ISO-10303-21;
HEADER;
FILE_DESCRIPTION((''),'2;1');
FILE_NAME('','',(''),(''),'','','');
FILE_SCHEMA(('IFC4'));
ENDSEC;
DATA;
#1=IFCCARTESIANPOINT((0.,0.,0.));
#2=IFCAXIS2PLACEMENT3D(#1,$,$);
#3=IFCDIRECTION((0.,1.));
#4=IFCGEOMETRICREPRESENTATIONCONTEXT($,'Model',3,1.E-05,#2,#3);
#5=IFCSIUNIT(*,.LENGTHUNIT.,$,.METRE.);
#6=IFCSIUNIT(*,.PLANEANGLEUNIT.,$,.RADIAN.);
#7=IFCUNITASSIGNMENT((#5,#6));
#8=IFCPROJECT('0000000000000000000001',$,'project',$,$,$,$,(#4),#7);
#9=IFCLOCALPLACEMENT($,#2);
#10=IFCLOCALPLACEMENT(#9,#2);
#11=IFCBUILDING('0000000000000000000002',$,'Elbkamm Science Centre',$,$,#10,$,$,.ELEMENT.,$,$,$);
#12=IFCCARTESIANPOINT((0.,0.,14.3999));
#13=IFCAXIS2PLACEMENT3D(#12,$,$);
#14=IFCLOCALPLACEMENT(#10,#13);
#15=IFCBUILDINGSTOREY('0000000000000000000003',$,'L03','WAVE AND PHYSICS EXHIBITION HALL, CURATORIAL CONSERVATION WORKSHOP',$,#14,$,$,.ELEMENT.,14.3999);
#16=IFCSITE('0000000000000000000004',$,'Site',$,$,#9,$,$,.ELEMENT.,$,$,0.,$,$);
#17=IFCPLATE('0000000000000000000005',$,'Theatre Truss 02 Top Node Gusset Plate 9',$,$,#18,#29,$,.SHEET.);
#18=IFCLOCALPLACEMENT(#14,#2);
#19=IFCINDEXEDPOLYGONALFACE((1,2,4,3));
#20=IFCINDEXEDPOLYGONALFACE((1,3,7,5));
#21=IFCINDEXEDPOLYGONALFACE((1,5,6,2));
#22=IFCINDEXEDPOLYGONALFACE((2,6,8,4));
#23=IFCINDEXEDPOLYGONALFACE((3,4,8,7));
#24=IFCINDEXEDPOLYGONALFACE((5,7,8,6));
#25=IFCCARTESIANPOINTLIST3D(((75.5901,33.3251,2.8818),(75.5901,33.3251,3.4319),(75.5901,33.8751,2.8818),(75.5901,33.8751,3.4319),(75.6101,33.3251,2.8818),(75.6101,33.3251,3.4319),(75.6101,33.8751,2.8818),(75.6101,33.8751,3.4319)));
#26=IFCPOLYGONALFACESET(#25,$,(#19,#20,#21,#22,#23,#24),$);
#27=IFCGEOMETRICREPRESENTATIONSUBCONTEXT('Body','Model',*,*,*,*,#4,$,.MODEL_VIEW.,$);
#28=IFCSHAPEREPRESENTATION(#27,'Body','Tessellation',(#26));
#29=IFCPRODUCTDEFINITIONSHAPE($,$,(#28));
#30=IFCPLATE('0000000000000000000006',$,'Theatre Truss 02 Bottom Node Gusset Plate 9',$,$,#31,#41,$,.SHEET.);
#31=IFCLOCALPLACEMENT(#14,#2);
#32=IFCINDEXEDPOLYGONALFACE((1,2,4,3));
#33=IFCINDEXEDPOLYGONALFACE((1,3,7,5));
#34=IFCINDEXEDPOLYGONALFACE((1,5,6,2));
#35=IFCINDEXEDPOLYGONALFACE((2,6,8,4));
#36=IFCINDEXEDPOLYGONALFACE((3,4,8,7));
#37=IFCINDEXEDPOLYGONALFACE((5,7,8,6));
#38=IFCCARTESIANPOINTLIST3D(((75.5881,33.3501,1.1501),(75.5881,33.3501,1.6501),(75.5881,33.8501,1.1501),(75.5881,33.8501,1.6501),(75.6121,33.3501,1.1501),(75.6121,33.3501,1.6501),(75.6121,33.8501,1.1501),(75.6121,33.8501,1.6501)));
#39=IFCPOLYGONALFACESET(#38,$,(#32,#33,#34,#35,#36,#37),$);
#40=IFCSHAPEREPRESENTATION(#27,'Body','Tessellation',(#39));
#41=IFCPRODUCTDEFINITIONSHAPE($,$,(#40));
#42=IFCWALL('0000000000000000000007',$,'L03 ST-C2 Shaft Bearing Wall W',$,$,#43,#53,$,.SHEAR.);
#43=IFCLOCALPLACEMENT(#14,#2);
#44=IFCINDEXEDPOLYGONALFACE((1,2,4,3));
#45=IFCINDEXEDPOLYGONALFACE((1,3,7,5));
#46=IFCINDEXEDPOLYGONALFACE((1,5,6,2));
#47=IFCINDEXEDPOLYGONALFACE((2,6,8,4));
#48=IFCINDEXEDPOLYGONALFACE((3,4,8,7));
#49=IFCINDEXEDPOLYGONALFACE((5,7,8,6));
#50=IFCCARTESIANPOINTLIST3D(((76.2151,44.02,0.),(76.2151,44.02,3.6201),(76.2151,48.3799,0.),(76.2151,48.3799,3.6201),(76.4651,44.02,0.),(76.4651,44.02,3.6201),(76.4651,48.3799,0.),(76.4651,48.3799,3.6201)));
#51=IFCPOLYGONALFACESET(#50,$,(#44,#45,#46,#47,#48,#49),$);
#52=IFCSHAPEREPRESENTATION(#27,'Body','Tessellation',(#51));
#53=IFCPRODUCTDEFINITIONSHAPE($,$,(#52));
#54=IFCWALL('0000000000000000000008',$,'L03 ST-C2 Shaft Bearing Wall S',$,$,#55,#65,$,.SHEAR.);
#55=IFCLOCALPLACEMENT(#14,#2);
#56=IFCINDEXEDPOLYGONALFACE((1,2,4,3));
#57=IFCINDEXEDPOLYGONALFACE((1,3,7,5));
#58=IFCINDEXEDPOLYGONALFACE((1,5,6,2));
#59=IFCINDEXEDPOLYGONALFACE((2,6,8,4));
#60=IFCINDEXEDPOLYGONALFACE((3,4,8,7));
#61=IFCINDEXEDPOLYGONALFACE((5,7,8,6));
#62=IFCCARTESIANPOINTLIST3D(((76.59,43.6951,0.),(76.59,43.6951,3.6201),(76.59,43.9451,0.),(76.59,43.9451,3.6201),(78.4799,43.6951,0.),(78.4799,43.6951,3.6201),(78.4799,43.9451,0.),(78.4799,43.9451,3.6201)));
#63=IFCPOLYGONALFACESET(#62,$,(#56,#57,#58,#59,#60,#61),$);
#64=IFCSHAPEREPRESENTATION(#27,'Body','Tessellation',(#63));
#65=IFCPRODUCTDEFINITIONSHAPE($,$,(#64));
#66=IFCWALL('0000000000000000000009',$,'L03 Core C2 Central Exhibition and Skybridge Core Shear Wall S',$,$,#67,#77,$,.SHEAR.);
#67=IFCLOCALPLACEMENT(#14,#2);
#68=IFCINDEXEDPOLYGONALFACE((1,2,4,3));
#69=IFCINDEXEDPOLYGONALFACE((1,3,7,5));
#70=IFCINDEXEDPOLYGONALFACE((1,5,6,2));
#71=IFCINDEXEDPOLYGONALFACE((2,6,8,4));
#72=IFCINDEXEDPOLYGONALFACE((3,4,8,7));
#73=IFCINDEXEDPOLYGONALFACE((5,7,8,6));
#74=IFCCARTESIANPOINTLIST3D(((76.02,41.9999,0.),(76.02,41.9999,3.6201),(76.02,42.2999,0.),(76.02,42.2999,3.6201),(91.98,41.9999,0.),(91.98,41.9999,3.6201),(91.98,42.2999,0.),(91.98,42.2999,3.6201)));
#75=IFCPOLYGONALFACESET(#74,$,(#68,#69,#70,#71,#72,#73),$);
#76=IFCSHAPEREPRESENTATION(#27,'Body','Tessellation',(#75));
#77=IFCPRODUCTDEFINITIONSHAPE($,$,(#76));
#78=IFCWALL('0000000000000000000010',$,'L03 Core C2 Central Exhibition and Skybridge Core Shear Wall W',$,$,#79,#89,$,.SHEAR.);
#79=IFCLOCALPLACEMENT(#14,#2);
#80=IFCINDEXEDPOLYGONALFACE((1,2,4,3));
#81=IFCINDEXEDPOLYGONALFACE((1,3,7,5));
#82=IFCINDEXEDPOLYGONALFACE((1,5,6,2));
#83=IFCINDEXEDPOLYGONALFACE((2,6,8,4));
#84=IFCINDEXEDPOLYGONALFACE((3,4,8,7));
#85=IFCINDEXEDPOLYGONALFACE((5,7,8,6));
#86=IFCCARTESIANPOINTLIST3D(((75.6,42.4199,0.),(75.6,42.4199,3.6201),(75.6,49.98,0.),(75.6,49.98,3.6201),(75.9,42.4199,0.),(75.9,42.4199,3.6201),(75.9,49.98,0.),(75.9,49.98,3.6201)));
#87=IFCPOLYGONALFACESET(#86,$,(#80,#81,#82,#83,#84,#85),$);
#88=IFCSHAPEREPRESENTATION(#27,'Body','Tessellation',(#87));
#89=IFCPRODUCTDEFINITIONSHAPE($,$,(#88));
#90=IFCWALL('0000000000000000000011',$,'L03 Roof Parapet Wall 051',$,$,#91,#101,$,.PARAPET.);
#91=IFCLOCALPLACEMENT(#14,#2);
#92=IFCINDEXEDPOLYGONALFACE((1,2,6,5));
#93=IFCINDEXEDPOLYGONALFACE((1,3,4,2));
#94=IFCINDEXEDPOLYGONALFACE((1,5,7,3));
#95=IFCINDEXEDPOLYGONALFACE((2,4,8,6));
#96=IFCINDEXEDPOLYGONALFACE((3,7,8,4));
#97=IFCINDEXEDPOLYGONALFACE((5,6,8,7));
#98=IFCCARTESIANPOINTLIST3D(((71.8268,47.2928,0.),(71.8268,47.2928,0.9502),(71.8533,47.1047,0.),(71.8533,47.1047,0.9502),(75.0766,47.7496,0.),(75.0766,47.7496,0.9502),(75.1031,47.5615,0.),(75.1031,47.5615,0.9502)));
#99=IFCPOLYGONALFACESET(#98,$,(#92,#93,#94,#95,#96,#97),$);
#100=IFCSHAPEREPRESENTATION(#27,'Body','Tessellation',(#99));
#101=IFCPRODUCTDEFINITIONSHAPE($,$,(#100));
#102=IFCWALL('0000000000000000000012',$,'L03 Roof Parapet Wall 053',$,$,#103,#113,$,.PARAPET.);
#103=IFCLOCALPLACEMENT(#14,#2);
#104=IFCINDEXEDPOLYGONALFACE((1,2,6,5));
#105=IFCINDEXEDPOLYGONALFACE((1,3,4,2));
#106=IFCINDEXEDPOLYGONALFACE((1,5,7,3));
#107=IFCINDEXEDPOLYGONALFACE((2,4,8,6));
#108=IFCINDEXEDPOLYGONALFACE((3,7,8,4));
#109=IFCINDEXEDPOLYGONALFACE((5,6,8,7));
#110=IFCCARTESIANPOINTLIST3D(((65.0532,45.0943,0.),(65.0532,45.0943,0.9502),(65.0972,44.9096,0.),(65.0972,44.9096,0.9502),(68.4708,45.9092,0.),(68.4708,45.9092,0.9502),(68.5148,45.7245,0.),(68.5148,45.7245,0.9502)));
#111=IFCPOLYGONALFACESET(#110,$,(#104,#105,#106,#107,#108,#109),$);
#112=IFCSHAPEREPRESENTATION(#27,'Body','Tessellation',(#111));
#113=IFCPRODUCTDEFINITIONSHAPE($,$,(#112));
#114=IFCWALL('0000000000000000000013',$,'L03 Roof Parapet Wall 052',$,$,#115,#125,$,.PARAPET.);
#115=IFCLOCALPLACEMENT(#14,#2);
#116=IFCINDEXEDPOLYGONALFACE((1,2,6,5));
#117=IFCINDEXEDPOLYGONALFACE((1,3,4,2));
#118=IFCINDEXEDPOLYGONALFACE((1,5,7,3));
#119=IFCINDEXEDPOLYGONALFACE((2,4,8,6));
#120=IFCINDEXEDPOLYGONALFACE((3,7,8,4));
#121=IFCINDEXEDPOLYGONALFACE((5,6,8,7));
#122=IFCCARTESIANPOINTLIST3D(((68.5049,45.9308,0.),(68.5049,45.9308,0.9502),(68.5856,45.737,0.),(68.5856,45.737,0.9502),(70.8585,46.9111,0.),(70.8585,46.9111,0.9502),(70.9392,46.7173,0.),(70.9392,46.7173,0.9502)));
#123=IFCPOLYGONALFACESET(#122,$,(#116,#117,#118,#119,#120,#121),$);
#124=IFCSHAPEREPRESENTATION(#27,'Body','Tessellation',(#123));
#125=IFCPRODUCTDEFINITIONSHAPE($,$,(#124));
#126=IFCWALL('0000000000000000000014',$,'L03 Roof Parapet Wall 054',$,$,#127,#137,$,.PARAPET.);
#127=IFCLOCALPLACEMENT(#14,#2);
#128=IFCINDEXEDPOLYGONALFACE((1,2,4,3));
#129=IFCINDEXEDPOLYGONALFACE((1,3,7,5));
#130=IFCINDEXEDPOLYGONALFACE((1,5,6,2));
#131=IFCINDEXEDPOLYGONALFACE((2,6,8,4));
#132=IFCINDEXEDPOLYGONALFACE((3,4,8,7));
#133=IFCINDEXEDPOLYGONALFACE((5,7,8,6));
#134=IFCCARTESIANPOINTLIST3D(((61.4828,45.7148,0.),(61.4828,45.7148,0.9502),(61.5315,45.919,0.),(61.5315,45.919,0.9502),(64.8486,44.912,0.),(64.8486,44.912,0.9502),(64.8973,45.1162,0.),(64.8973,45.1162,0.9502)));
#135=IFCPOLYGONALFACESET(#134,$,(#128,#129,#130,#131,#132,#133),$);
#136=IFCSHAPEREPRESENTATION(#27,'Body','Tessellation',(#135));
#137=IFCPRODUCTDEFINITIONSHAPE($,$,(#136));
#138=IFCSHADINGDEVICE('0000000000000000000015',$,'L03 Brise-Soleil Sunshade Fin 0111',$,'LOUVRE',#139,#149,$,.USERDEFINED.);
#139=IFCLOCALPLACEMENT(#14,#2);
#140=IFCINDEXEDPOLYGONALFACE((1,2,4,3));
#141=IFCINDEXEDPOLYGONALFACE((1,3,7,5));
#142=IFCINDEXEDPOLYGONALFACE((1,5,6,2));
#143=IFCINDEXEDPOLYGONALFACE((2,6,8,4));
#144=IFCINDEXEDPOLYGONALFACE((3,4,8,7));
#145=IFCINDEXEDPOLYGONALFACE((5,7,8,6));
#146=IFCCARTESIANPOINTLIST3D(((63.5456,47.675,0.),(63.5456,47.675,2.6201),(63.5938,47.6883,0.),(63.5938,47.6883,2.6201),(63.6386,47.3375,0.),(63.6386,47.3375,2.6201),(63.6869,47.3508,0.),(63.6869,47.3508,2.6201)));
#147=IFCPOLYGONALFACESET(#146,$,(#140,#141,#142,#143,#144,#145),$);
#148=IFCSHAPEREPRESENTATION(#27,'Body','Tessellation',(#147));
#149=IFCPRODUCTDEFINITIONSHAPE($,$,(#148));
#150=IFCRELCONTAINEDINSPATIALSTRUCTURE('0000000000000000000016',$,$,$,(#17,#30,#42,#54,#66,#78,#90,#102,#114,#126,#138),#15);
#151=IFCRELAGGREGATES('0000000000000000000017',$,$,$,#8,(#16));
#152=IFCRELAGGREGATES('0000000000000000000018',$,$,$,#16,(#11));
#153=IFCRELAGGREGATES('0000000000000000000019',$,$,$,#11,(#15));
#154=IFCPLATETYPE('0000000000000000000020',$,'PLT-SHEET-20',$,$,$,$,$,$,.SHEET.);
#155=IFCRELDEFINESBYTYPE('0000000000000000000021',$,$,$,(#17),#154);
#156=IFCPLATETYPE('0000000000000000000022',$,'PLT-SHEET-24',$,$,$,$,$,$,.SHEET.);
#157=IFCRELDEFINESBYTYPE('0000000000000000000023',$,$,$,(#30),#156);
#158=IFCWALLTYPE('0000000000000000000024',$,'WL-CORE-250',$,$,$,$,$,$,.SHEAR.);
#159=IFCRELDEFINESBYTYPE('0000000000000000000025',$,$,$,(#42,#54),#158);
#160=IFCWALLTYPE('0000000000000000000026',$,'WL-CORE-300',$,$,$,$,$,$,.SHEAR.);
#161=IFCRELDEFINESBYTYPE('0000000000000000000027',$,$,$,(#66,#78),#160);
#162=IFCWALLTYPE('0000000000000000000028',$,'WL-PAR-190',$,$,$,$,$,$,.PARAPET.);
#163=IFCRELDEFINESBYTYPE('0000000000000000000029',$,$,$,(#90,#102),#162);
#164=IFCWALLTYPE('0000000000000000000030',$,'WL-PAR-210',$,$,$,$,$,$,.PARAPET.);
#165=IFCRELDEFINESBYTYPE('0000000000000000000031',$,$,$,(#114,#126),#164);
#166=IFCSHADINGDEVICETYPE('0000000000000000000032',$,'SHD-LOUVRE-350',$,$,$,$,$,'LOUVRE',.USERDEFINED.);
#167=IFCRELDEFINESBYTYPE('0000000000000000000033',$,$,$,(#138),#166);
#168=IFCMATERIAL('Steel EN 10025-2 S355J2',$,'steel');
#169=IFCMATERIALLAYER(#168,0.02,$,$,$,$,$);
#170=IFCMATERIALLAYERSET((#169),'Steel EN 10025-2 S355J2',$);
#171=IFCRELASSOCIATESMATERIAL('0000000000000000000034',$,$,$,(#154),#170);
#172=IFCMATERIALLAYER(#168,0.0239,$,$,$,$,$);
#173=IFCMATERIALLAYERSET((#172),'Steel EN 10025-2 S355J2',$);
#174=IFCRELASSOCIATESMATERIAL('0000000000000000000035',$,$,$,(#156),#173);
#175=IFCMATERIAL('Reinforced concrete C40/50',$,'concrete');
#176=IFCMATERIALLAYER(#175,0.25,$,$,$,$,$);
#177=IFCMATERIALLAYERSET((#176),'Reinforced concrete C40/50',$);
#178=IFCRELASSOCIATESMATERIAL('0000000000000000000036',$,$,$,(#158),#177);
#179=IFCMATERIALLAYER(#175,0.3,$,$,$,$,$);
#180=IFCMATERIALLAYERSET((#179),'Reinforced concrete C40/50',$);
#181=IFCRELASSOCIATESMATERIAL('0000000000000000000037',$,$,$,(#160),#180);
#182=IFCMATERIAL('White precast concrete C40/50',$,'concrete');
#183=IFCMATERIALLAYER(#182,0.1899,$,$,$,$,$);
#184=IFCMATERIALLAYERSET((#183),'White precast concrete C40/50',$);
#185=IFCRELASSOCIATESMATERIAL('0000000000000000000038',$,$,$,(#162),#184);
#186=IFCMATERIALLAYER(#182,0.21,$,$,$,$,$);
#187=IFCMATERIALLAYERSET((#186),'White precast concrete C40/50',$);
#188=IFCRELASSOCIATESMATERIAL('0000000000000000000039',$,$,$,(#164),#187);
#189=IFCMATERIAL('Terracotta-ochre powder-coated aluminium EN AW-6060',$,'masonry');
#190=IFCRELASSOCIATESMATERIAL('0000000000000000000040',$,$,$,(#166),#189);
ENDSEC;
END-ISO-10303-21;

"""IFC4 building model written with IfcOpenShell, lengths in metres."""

from ifc_helpers import new_model, si_unit, direction, frame, frame_2d, origin, origin_2d, place, context, subcontext, project, spatial, rectangle, extrude, material, layer, layer_set, type_object, element, save


model = new_model("IFC4")

# Units and contexts
model_context = context("Model", 3, precision=1e-05, world=origin(), true_north=direction((0.0, 1.0)))
body_context = subcontext(model_context, "Body", "Model", "MODEL_VIEW")
ifc_project = project(units=[si_unit("LENGTHUNIT", "METRE"), si_unit("PLANEANGLEUNIT", "RADIAN")], contexts=[model_context])

# Site, building, storey
site_placement = place(None, origin())
site = spatial("IfcSite", under=ifc_project, at=site_placement, Name="Site", CompositionType="ELEMENT", RefElevation=0.0)
building_placement = place(site_placement, origin())
building = spatial("IfcBuilding", under=site, at=building_placement, Name="Elbkamm Science Centre", CompositionType="ELEMENT")
storey_placement = place(building_placement, frame((0.0, 0.0, 14.3999)))
storey = spatial("IfcBuildingStorey", under=building, at=storey_placement, Name="L03", Description="WAVE AND PHYSICS EXHIBITION HALL, CURATORIAL CONSERVATION WORKSHOP", CompositionType="ELEMENT", Elevation=14.3999)

# Shared definitions
ifc_material_1 = material(Name="Steel EN 10025-2 S355J2", Category="steel")

# Plates
ifc_layer_1 = layer(ifc_material_1, 0.02)
ifc_layer_set_1 = layer_set([ifc_layer_1], Name="Steel EN 10025-2 S355J2")
plate_type_1 = type_object("IfcPlateType", Name="PLT-SHEET-20", PredefinedType="SHEET", material=ifc_layer_set_1)
plate_1_placement = place(storey_placement, frame((75.6001, 33.6001, 2.8818), z_axis=(0.0, 0.0, 1.0), x_axis=(1.0, 0.0, 0.0)))
element("IfcPlate", 1, at=plate_1_placement, inside=storey, type_object=plate_type_1, Name="Theatre Truss 02 Top Node Gusset Plate 9", PredefinedType="SHEET", context=body_context, shape_type="SweptSolid", body=[
    extrude(rectangle(XDim=0.02, YDim=0.55, at=origin_2d()), origin(), (0.0, 0.0, 1.0), 0.55),
])
ifc_layer_2 = layer(ifc_material_1, 0.0239)
ifc_layer_set_2 = layer_set([ifc_layer_2], Name="Steel EN 10025-2 S355J2")
plate_type_2 = type_object("IfcPlateType", Name="PLT-SHEET-24", PredefinedType="SHEET", material=ifc_layer_set_2)
plate_2_placement = place(storey_placement, frame((75.6001, 33.6001, 1.1501), z_axis=(0.0, 0.0, 1.0), x_axis=(1.0, 0.0, 0.0)))
element("IfcPlate", 2, at=plate_2_placement, inside=storey, type_object=plate_type_2, Name="Theatre Truss 02 Bottom Node Gusset Plate 9", PredefinedType="SHEET", context=body_context, shape_type="SweptSolid", body=[
    extrude(rectangle(XDim=0.0239, YDim=0.5, at=origin_2d()), origin(), (0.0, 0.0, 1.0), 0.5),
])

# Walls
ifc_material_2 = material(Name="Reinforced concrete C40/50", Category="concrete")
ifc_layer_3 = layer(ifc_material_2, 0.25)
ifc_layer_set_3 = layer_set([ifc_layer_3], Name="Reinforced concrete C40/50")
wall_type_1 = type_object("IfcWallType", Name="WL-CORE-250", PredefinedType="SHEAR", material=ifc_layer_set_3)
wall_1_placement = place(storey_placement, frame((76.3401, 44.02, 0.0), z_axis=(0.0, 0.0, 1.0), x_axis=(0.0, 1.0, 0.0)))
element("IfcWall", 3, at=wall_1_placement, inside=storey, type_object=wall_type_1, Name="L03 ST-C2 Shaft Bearing Wall W", PredefinedType="SHEAR", context=body_context, shape_type="SweptSolid", body=[
    extrude(rectangle(XDim=4.3599, YDim=0.25, at=frame_2d((2.1799, 0.0))), origin(), (0.0, 0.0, 1.0), 3.6201),
])
wall_2_placement = place(storey_placement, frame((76.5901, 43.8201, 0.0), z_axis=(0.0, 0.0, 1.0), x_axis=(1.0, 0.0, 0.0)))
element("IfcWall", 4, at=wall_2_placement, inside=storey, type_object=wall_type_1, Name="L03 ST-C2 Shaft Bearing Wall S", PredefinedType="SHEAR", context=body_context, shape_type="SweptSolid", body=[
    extrude(rectangle(XDim=1.8899, YDim=0.25, at=frame_2d((0.9448, 0.0))), origin(), (0.0, 0.0, 1.0), 3.6201),
])
ifc_layer_4 = layer(ifc_material_2, 0.3)
ifc_layer_set_4 = layer_set([ifc_layer_4], Name="Reinforced concrete C40/50")
wall_type_2 = type_object("IfcWallType", Name="WL-CORE-300", PredefinedType="SHEAR", material=ifc_layer_set_4)
wall_3_placement = place(storey_placement, frame((76.02, 42.1499, 0.0), z_axis=(0.0, 0.0, 1.0), x_axis=(1.0, 0.0, 0.0)))
element("IfcWall", 5, at=wall_3_placement, inside=storey, type_object=wall_type_2, Name="L03 Core C2 Central Exhibition and Skybridge Core Shear Wall S", PredefinedType="SHEAR", context=body_context, shape_type="SweptSolid", body=[
    extrude(rectangle(XDim=15.96, YDim=0.3, at=frame_2d((7.98, 0.0))), origin(), (0.0, 0.0, 1.0), 3.6201),
])
wall_4_placement = place(storey_placement, frame((75.75, 42.4199, 0.0), z_axis=(0.0, 0.0, 1.0), x_axis=(0.0, 1.0, 0.0)))
element("IfcWall", 6, at=wall_4_placement, inside=storey, type_object=wall_type_2, Name="L03 Core C2 Central Exhibition and Skybridge Core Shear Wall W", PredefinedType="SHEAR", context=body_context, shape_type="SweptSolid", body=[
    extrude(rectangle(XDim=7.5601, YDim=0.3, at=frame_2d((3.78, 0.0))), origin(), (0.0, 0.0, 1.0), 3.6201),
])
ifc_material_3 = material(Name="White precast concrete C40/50", Category="concrete")
ifc_layer_5 = layer(ifc_material_3, 0.1899)
ifc_layer_set_5 = layer_set([ifc_layer_5], Name="White precast concrete C40/50")
wall_type_3 = type_object("IfcWallType", Name="WL-PAR-190", PredefinedType="PARAPET", material=ifc_layer_set_5)
wall_5_placement = place(storey_placement, frame((75.0898, 47.6555, 0.0), z_axis=(0.0, 0.0, 1.0), x_axis=(-0.990265, -0.139192, 0.0)))
element("IfcWall", 7, at=wall_5_placement, inside=storey, type_object=wall_type_3, Name="L03 Roof Parapet Wall 051", PredefinedType="PARAPET", context=body_context, shape_type="SweptSolid", body=[
    extrude(rectangle(XDim=3.2817, YDim=0.1899, at=frame_2d((1.6409, 0.0))), origin(), (0.0, 0.0, 1.0), 0.9502),
])
wall_6_placement = place(storey_placement, frame((68.4929, 45.8169, 0.0), z_axis=(0.0, 0.0, 1.0), x_axis=(-0.972729, -0.231943, 0.0)))
element("IfcWall", 8, at=wall_6_placement, inside=storey, type_object=wall_type_3, Name="L03 Roof Parapet Wall 053", PredefinedType="PARAPET", context=body_context, shape_type="SweptSolid", body=[
    extrude(rectangle(XDim=3.5134, YDim=0.1899, at=frame_2d((1.7568, 0.0))), origin(), (0.0, 0.0, 1.0), 0.9502),
])
ifc_layer_6 = layer(ifc_material_3, 0.21)
ifc_layer_set_6 = layer_set([ifc_layer_6], Name="White precast concrete C40/50")
wall_type_4 = type_object("IfcWallType", Name="WL-PAR-210", PredefinedType="PARAPET", material=ifc_layer_set_6)
wall_7_placement = place(storey_placement, frame((70.8989, 46.8142, 0.0), z_axis=(0.0, 0.0, 1.0), x_axis=(-0.923134, -0.384479, 0.0)))
element("IfcWall", 9, at=wall_7_placement, inside=storey, type_object=wall_type_4, Name="L03 Roof Parapet Wall 052", PredefinedType="PARAPET", context=body_context, shape_type="SweptSolid", body=[
    extrude(rectangle(XDim=2.5496, YDim=0.21, at=frame_2d((1.2749, 0.0))), origin(), (0.0, 0.0, 1.0), 0.9502),
])
wall_8_placement = place(storey_placement, frame((64.8728, 45.0142, 0.0), z_axis=(0.0, 0.0, 1.0), x_axis=(-0.972717, 0.231996, 0.0)))
element("IfcWall", 10, at=wall_8_placement, inside=storey, type_object=wall_type_4, Name="L03 Roof Parapet Wall 054", PredefinedType="PARAPET", context=body_context, shape_type="SweptSolid", body=[
    extrude(rectangle(XDim=3.4602, YDim=0.21, at=frame_2d((1.73, 0.0))), origin(), (0.0, 0.0, 1.0), 0.9502),
])

# Shading device
ifc_material_4 = material(Name="Terracotta-ochre powder-coated aluminium EN AW-6060", Category="masonry")
shading_device_type = type_object("IfcShadingDeviceType", Name="SHD-LOUVRE-350", ElementType="LOUVRE", PredefinedType="USERDEFINED", material=ifc_material_4)
shading_device_placement = place(storey_placement, frame((63.6162, 47.5129, 0.0), z_axis=(0.0, 0.0, 1.0), x_axis=(0.265729, -0.964048, 0.0)))
element("IfcShadingDevice", 11, at=shading_device_placement, inside=storey, type_object=shading_device_type, Name="L03 Brise-Soleil Sunshade Fin 0111", ObjectType="LOUVRE", PredefinedType="USERDEFINED", context=body_context, shape_type="SweptSolid", body=[
    extrude(rectangle(XDim=0.3501, YDim=0.05, at=origin_2d()), origin(), (0.0, 0.0, 1.0), 2.6201),
])

save(model, "model.ifc")
